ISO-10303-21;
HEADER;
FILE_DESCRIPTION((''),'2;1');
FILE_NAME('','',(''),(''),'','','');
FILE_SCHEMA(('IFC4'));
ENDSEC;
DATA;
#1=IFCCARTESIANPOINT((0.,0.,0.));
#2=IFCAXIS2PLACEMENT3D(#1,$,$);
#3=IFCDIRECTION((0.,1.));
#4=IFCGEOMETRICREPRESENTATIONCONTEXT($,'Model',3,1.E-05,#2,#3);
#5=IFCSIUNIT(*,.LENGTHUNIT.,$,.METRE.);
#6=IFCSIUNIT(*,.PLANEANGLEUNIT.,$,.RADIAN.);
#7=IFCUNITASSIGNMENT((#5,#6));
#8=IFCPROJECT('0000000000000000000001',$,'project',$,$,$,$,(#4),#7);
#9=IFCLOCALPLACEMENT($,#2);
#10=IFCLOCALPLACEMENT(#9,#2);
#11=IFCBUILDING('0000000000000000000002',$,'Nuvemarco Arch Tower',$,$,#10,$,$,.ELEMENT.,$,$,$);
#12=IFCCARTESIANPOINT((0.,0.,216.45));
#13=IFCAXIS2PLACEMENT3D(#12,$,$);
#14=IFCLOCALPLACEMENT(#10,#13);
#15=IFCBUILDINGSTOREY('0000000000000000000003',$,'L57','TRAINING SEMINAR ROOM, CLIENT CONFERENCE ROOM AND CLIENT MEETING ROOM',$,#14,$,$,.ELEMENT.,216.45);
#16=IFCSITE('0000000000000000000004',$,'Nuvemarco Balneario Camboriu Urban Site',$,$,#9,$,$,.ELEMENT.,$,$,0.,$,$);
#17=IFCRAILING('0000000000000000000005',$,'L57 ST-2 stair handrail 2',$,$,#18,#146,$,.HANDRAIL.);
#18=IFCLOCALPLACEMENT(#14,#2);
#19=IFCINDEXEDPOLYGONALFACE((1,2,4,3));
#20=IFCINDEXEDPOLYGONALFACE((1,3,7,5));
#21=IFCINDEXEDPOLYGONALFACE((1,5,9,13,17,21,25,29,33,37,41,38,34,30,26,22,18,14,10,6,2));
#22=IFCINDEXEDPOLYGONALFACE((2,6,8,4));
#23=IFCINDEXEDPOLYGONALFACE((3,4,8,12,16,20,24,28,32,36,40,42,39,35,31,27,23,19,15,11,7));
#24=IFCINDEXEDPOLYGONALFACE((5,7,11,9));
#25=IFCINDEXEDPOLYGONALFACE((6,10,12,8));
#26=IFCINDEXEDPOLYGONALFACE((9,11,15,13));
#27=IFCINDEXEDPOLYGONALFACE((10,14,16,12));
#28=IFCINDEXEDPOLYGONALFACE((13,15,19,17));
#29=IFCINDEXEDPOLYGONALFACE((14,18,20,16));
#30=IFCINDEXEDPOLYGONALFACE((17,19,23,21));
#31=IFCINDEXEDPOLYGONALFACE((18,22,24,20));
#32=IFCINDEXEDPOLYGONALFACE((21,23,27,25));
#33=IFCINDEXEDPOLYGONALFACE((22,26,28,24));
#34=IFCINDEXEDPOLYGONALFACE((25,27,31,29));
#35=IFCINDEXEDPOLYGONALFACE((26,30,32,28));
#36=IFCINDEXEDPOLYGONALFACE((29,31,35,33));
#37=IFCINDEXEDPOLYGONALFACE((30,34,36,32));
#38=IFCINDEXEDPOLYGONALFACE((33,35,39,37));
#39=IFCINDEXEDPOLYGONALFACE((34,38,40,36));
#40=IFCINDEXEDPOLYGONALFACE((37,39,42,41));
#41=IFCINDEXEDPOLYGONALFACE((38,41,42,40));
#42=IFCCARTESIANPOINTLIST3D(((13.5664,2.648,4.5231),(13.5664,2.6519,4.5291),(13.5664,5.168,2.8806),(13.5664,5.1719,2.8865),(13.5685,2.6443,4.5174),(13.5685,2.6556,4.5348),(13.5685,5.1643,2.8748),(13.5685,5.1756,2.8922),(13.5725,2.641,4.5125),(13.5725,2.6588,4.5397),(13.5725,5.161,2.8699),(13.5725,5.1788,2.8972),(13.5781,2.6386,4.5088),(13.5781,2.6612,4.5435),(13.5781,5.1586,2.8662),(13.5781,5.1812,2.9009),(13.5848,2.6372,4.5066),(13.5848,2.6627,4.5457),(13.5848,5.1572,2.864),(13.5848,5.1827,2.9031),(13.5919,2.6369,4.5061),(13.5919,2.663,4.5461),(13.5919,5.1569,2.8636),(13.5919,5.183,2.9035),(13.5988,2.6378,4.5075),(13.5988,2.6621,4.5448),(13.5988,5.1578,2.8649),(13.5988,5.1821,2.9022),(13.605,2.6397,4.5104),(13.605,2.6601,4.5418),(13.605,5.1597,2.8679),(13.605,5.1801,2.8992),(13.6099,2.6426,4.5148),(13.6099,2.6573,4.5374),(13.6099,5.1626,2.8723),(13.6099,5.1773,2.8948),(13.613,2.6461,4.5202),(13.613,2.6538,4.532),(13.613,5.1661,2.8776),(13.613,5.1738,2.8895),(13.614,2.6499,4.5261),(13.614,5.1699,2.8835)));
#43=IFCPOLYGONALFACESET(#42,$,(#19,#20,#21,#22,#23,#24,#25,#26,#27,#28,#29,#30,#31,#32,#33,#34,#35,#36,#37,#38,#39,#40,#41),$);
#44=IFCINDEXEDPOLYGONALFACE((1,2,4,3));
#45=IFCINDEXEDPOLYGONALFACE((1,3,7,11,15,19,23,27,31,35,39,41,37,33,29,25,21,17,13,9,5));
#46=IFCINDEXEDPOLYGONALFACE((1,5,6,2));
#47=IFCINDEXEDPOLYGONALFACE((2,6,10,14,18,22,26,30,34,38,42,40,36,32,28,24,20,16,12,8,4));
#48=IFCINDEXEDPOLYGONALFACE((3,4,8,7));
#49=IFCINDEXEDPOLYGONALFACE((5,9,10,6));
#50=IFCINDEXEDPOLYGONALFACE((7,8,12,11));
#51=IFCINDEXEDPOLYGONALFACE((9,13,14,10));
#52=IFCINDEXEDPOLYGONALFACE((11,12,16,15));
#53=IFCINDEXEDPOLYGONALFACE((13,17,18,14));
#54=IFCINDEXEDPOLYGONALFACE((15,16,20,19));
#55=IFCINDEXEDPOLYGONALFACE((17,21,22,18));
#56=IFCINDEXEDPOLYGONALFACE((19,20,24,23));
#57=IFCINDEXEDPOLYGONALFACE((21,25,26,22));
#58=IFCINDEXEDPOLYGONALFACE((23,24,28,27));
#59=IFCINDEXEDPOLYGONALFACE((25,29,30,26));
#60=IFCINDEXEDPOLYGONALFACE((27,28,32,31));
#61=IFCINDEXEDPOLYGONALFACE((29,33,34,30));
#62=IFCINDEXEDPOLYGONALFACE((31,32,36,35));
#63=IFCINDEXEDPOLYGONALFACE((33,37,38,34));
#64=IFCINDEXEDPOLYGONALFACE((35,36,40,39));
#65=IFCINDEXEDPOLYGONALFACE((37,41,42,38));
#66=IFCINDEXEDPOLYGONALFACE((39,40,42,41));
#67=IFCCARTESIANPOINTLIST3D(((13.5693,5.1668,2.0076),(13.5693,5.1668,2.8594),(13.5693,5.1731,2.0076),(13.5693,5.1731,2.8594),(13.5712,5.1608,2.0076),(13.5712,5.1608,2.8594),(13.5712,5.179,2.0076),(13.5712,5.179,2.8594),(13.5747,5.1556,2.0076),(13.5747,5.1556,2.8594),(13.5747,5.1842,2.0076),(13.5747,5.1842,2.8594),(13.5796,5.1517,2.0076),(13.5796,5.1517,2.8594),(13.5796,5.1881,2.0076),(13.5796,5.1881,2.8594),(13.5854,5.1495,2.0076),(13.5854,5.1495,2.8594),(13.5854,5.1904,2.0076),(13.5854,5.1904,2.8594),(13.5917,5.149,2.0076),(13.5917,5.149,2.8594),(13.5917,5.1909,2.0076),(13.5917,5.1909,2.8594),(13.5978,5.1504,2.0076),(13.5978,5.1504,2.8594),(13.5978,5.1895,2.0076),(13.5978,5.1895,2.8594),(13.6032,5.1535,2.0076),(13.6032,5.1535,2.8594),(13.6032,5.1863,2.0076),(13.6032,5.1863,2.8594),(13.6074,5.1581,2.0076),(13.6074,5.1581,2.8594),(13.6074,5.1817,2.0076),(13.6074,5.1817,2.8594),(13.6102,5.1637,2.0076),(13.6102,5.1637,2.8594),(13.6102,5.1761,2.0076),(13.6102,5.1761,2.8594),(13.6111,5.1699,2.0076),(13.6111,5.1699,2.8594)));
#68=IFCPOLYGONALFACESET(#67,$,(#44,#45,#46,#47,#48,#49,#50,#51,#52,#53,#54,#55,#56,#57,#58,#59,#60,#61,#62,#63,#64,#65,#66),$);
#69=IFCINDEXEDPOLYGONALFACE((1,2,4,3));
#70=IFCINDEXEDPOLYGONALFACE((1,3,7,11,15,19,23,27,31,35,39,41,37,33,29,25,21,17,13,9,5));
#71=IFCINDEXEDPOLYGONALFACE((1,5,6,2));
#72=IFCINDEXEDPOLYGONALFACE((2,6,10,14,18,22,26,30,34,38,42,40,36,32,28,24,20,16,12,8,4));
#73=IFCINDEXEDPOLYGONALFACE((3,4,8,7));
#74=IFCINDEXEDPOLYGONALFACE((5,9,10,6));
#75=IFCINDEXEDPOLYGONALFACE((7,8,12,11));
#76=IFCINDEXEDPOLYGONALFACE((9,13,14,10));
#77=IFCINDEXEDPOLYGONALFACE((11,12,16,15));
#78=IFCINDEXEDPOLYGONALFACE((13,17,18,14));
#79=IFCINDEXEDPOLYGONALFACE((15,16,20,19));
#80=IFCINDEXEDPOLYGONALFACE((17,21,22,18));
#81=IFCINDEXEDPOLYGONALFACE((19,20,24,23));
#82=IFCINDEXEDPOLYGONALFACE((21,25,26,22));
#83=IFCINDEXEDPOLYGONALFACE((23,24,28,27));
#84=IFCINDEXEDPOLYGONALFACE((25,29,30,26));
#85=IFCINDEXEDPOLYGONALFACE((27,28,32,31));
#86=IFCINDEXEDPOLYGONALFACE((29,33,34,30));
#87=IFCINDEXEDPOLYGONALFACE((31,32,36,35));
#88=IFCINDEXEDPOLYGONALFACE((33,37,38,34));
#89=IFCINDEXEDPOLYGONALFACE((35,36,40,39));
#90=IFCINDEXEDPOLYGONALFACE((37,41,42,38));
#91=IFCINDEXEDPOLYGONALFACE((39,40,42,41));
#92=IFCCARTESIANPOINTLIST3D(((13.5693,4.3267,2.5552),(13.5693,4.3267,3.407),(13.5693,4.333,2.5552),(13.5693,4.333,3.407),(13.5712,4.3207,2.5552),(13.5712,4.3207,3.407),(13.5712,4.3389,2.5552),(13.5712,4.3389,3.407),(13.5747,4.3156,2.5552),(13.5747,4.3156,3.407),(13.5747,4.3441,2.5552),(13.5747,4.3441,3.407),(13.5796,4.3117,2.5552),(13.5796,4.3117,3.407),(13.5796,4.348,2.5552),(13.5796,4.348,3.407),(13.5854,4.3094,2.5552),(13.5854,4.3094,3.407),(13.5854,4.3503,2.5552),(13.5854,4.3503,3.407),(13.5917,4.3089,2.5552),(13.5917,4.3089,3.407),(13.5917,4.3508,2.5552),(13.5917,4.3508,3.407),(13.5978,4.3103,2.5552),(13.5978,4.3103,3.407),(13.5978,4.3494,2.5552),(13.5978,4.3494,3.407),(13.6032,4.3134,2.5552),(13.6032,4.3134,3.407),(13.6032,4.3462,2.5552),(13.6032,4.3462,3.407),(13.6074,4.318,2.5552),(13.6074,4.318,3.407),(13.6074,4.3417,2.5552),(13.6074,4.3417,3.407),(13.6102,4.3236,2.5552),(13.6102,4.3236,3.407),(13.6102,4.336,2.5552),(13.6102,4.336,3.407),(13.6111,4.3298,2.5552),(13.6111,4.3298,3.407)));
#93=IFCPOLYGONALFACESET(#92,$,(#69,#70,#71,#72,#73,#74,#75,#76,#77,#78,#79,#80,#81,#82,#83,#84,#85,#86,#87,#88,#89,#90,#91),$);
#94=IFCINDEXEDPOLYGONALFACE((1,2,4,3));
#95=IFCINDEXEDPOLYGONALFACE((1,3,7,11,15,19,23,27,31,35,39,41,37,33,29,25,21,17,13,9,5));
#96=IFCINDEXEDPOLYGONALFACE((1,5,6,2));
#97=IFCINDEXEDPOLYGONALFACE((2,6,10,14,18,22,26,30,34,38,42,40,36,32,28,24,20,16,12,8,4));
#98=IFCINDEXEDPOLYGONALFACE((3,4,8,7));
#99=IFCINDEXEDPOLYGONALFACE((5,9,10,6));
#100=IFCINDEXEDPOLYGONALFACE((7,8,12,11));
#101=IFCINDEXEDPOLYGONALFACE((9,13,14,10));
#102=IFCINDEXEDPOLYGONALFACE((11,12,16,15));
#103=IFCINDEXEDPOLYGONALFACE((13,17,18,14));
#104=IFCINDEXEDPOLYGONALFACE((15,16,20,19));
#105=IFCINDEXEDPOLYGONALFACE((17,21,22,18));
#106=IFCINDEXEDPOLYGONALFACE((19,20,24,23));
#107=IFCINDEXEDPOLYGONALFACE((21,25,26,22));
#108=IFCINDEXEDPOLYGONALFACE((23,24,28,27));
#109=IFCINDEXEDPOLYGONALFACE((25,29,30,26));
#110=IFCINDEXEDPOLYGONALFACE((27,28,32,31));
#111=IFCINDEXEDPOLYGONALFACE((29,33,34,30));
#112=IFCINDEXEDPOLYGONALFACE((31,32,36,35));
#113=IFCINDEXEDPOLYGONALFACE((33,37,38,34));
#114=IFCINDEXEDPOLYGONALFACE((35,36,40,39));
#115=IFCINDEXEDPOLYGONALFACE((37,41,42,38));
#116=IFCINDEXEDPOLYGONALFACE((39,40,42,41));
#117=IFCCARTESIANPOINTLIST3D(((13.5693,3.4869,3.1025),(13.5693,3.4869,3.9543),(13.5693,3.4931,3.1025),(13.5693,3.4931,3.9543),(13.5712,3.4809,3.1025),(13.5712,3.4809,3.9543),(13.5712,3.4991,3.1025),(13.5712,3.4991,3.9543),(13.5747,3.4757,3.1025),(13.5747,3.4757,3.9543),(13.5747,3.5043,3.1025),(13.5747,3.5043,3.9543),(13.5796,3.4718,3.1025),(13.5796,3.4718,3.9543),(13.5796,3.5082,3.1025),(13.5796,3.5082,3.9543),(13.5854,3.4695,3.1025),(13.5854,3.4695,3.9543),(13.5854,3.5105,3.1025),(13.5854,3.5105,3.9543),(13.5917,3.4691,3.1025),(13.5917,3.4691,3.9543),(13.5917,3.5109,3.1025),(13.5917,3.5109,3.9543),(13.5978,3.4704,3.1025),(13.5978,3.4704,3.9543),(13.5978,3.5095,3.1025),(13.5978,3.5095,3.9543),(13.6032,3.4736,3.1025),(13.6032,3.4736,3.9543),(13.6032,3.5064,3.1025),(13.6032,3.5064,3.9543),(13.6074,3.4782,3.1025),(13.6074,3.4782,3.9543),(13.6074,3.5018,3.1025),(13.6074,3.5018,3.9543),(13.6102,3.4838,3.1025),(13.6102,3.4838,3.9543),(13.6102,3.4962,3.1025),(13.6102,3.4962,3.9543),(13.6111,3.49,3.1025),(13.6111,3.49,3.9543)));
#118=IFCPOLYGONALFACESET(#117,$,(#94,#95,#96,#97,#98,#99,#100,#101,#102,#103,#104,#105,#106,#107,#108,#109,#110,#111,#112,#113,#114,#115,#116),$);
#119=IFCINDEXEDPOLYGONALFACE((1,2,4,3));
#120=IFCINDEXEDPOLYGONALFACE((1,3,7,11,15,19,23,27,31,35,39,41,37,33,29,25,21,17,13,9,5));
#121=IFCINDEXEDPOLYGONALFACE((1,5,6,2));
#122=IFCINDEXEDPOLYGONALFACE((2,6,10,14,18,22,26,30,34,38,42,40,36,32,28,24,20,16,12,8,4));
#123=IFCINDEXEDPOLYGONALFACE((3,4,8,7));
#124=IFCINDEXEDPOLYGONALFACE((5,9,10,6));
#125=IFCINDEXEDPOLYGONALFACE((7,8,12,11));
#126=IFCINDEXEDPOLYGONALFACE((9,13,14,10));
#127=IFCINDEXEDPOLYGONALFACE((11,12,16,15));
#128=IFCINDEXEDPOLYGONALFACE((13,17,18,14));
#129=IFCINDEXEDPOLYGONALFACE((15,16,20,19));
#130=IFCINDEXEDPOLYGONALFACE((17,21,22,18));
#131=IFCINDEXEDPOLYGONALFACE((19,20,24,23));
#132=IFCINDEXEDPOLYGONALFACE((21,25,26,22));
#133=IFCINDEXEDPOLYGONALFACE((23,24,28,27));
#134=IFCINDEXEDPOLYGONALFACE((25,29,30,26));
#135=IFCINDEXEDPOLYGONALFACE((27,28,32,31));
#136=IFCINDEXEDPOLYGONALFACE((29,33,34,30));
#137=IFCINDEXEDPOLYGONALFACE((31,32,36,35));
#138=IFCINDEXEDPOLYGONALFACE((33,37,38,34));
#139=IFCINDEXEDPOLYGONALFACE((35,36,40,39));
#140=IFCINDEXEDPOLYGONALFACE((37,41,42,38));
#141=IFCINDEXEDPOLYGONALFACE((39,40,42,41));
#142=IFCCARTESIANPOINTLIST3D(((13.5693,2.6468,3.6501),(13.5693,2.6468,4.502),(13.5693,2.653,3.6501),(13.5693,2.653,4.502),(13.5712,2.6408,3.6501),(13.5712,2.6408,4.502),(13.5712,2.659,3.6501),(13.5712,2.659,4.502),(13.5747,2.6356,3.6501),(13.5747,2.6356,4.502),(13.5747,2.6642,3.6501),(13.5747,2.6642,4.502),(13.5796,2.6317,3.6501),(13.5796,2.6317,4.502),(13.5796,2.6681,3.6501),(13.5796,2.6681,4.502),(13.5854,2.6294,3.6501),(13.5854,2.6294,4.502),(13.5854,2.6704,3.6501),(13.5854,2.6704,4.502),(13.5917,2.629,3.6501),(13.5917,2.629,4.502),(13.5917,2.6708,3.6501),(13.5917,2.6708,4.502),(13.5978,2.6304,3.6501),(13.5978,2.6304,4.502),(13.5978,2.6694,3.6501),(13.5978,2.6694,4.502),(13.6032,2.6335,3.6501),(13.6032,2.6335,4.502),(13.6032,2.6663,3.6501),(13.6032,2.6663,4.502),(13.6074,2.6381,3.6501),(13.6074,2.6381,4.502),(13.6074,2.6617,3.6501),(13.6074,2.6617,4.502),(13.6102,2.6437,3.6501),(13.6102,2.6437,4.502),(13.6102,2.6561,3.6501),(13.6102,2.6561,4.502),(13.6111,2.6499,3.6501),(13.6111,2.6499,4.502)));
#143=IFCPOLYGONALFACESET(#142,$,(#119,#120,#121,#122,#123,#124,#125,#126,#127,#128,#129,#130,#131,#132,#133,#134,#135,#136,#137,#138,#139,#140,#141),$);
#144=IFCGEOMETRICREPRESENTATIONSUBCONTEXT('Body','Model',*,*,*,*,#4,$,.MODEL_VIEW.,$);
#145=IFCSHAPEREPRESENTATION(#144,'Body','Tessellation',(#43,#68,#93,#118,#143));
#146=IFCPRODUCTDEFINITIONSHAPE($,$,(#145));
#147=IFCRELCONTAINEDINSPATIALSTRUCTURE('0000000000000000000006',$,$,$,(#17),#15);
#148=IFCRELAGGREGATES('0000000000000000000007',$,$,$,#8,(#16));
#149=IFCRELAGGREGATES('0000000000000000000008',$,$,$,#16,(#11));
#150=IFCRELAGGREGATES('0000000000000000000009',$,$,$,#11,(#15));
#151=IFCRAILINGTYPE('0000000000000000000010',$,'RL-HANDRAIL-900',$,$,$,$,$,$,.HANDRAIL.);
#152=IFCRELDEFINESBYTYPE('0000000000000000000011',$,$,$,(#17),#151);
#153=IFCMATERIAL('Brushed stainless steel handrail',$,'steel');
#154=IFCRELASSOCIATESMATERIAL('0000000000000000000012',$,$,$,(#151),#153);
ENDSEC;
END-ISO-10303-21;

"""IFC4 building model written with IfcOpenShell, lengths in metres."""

from ifc_helpers import new_model, si_unit, direction, frame, origin, origin_2d, place, context, subcontext, project, spatial, circle, extrude, material, type_object, element, save


model = new_model("IFC4")

# Units and contexts
model_context = context("Model", 3, precision=1e-05, world=origin(), true_north=direction((0.0, 1.0)))
body_context = subcontext(model_context, "Body", "Model", "MODEL_VIEW")
ifc_project = project(units=[si_unit("LENGTHUNIT", "METRE"), si_unit("PLANEANGLEUNIT", "RADIAN")], contexts=[model_context])

# Site, building, storey
site_placement = place(None, origin())
site = spatial("IfcSite", under=ifc_project, at=site_placement, Name="Nuvemarco Balneario Camboriu Urban Site", CompositionType="ELEMENT", RefElevation=0.0)
building_placement = place(site_placement, origin())
building = spatial("IfcBuilding", under=site, at=building_placement, Name="Nuvemarco Arch Tower", CompositionType="ELEMENT")
storey_placement = place(building_placement, frame((0.0, 0.0, 216.45)))
storey = spatial("IfcBuildingStorey", under=building, at=storey_placement, Name="L57", Description="TRAINING SEMINAR ROOM, CLIENT CONFERENCE ROOM AND CLIENT MEETING ROOM", CompositionType="ELEMENT", Elevation=216.45)

# Railing
ifc_material_1 = material(Name="Brushed stainless steel handrail", Category="steel")
railing_type_1 = type_object("IfcRailingType", Name="RL-HANDRAIL-900", PredefinedType="HANDRAIL", material=ifc_material_1)
railing_1_placement = place(storey_placement, frame((13.5901, 5.1699, 2.0076)))
element("IfcRailing", 1, at=railing_1_placement, inside=storey, type_object=railing_type_1, Name="L57 ST-2 stair handrail 2", PredefinedType="HANDRAIL", context=body_context, shape_type="SweptSolid", body=[
    extrude(circle(Radius=0.0239, at=origin_2d()), frame((0.0, 0.0, 0.876), z_axis=(0.0, -0.837749, 0.546055), x_axis=(1.0, 0.0, 0.0)), (0.0, 0.0, 1.0), 3.0081),
    extrude(circle(Radius=0.021, at=origin_2d()), origin(), (0.0, 0.0, 1.0), 0.8518),
    extrude(circle(Radius=0.021, at=origin_2d()), frame((0.0, -0.8401, 0.5476)), (0.0, 0.0, 1.0), 0.8518),
    extrude(circle(Radius=0.021, at=origin_2d()), frame((0.0, -1.6799, 1.095)), (0.0, 0.0, 1.0), 0.8518),
    extrude(circle(Radius=0.021, at=origin_2d()), frame((0.0, -2.52, 1.6426)), (0.0, 0.0, 1.0), 0.8518),
])

save(model, "model.ifc")
